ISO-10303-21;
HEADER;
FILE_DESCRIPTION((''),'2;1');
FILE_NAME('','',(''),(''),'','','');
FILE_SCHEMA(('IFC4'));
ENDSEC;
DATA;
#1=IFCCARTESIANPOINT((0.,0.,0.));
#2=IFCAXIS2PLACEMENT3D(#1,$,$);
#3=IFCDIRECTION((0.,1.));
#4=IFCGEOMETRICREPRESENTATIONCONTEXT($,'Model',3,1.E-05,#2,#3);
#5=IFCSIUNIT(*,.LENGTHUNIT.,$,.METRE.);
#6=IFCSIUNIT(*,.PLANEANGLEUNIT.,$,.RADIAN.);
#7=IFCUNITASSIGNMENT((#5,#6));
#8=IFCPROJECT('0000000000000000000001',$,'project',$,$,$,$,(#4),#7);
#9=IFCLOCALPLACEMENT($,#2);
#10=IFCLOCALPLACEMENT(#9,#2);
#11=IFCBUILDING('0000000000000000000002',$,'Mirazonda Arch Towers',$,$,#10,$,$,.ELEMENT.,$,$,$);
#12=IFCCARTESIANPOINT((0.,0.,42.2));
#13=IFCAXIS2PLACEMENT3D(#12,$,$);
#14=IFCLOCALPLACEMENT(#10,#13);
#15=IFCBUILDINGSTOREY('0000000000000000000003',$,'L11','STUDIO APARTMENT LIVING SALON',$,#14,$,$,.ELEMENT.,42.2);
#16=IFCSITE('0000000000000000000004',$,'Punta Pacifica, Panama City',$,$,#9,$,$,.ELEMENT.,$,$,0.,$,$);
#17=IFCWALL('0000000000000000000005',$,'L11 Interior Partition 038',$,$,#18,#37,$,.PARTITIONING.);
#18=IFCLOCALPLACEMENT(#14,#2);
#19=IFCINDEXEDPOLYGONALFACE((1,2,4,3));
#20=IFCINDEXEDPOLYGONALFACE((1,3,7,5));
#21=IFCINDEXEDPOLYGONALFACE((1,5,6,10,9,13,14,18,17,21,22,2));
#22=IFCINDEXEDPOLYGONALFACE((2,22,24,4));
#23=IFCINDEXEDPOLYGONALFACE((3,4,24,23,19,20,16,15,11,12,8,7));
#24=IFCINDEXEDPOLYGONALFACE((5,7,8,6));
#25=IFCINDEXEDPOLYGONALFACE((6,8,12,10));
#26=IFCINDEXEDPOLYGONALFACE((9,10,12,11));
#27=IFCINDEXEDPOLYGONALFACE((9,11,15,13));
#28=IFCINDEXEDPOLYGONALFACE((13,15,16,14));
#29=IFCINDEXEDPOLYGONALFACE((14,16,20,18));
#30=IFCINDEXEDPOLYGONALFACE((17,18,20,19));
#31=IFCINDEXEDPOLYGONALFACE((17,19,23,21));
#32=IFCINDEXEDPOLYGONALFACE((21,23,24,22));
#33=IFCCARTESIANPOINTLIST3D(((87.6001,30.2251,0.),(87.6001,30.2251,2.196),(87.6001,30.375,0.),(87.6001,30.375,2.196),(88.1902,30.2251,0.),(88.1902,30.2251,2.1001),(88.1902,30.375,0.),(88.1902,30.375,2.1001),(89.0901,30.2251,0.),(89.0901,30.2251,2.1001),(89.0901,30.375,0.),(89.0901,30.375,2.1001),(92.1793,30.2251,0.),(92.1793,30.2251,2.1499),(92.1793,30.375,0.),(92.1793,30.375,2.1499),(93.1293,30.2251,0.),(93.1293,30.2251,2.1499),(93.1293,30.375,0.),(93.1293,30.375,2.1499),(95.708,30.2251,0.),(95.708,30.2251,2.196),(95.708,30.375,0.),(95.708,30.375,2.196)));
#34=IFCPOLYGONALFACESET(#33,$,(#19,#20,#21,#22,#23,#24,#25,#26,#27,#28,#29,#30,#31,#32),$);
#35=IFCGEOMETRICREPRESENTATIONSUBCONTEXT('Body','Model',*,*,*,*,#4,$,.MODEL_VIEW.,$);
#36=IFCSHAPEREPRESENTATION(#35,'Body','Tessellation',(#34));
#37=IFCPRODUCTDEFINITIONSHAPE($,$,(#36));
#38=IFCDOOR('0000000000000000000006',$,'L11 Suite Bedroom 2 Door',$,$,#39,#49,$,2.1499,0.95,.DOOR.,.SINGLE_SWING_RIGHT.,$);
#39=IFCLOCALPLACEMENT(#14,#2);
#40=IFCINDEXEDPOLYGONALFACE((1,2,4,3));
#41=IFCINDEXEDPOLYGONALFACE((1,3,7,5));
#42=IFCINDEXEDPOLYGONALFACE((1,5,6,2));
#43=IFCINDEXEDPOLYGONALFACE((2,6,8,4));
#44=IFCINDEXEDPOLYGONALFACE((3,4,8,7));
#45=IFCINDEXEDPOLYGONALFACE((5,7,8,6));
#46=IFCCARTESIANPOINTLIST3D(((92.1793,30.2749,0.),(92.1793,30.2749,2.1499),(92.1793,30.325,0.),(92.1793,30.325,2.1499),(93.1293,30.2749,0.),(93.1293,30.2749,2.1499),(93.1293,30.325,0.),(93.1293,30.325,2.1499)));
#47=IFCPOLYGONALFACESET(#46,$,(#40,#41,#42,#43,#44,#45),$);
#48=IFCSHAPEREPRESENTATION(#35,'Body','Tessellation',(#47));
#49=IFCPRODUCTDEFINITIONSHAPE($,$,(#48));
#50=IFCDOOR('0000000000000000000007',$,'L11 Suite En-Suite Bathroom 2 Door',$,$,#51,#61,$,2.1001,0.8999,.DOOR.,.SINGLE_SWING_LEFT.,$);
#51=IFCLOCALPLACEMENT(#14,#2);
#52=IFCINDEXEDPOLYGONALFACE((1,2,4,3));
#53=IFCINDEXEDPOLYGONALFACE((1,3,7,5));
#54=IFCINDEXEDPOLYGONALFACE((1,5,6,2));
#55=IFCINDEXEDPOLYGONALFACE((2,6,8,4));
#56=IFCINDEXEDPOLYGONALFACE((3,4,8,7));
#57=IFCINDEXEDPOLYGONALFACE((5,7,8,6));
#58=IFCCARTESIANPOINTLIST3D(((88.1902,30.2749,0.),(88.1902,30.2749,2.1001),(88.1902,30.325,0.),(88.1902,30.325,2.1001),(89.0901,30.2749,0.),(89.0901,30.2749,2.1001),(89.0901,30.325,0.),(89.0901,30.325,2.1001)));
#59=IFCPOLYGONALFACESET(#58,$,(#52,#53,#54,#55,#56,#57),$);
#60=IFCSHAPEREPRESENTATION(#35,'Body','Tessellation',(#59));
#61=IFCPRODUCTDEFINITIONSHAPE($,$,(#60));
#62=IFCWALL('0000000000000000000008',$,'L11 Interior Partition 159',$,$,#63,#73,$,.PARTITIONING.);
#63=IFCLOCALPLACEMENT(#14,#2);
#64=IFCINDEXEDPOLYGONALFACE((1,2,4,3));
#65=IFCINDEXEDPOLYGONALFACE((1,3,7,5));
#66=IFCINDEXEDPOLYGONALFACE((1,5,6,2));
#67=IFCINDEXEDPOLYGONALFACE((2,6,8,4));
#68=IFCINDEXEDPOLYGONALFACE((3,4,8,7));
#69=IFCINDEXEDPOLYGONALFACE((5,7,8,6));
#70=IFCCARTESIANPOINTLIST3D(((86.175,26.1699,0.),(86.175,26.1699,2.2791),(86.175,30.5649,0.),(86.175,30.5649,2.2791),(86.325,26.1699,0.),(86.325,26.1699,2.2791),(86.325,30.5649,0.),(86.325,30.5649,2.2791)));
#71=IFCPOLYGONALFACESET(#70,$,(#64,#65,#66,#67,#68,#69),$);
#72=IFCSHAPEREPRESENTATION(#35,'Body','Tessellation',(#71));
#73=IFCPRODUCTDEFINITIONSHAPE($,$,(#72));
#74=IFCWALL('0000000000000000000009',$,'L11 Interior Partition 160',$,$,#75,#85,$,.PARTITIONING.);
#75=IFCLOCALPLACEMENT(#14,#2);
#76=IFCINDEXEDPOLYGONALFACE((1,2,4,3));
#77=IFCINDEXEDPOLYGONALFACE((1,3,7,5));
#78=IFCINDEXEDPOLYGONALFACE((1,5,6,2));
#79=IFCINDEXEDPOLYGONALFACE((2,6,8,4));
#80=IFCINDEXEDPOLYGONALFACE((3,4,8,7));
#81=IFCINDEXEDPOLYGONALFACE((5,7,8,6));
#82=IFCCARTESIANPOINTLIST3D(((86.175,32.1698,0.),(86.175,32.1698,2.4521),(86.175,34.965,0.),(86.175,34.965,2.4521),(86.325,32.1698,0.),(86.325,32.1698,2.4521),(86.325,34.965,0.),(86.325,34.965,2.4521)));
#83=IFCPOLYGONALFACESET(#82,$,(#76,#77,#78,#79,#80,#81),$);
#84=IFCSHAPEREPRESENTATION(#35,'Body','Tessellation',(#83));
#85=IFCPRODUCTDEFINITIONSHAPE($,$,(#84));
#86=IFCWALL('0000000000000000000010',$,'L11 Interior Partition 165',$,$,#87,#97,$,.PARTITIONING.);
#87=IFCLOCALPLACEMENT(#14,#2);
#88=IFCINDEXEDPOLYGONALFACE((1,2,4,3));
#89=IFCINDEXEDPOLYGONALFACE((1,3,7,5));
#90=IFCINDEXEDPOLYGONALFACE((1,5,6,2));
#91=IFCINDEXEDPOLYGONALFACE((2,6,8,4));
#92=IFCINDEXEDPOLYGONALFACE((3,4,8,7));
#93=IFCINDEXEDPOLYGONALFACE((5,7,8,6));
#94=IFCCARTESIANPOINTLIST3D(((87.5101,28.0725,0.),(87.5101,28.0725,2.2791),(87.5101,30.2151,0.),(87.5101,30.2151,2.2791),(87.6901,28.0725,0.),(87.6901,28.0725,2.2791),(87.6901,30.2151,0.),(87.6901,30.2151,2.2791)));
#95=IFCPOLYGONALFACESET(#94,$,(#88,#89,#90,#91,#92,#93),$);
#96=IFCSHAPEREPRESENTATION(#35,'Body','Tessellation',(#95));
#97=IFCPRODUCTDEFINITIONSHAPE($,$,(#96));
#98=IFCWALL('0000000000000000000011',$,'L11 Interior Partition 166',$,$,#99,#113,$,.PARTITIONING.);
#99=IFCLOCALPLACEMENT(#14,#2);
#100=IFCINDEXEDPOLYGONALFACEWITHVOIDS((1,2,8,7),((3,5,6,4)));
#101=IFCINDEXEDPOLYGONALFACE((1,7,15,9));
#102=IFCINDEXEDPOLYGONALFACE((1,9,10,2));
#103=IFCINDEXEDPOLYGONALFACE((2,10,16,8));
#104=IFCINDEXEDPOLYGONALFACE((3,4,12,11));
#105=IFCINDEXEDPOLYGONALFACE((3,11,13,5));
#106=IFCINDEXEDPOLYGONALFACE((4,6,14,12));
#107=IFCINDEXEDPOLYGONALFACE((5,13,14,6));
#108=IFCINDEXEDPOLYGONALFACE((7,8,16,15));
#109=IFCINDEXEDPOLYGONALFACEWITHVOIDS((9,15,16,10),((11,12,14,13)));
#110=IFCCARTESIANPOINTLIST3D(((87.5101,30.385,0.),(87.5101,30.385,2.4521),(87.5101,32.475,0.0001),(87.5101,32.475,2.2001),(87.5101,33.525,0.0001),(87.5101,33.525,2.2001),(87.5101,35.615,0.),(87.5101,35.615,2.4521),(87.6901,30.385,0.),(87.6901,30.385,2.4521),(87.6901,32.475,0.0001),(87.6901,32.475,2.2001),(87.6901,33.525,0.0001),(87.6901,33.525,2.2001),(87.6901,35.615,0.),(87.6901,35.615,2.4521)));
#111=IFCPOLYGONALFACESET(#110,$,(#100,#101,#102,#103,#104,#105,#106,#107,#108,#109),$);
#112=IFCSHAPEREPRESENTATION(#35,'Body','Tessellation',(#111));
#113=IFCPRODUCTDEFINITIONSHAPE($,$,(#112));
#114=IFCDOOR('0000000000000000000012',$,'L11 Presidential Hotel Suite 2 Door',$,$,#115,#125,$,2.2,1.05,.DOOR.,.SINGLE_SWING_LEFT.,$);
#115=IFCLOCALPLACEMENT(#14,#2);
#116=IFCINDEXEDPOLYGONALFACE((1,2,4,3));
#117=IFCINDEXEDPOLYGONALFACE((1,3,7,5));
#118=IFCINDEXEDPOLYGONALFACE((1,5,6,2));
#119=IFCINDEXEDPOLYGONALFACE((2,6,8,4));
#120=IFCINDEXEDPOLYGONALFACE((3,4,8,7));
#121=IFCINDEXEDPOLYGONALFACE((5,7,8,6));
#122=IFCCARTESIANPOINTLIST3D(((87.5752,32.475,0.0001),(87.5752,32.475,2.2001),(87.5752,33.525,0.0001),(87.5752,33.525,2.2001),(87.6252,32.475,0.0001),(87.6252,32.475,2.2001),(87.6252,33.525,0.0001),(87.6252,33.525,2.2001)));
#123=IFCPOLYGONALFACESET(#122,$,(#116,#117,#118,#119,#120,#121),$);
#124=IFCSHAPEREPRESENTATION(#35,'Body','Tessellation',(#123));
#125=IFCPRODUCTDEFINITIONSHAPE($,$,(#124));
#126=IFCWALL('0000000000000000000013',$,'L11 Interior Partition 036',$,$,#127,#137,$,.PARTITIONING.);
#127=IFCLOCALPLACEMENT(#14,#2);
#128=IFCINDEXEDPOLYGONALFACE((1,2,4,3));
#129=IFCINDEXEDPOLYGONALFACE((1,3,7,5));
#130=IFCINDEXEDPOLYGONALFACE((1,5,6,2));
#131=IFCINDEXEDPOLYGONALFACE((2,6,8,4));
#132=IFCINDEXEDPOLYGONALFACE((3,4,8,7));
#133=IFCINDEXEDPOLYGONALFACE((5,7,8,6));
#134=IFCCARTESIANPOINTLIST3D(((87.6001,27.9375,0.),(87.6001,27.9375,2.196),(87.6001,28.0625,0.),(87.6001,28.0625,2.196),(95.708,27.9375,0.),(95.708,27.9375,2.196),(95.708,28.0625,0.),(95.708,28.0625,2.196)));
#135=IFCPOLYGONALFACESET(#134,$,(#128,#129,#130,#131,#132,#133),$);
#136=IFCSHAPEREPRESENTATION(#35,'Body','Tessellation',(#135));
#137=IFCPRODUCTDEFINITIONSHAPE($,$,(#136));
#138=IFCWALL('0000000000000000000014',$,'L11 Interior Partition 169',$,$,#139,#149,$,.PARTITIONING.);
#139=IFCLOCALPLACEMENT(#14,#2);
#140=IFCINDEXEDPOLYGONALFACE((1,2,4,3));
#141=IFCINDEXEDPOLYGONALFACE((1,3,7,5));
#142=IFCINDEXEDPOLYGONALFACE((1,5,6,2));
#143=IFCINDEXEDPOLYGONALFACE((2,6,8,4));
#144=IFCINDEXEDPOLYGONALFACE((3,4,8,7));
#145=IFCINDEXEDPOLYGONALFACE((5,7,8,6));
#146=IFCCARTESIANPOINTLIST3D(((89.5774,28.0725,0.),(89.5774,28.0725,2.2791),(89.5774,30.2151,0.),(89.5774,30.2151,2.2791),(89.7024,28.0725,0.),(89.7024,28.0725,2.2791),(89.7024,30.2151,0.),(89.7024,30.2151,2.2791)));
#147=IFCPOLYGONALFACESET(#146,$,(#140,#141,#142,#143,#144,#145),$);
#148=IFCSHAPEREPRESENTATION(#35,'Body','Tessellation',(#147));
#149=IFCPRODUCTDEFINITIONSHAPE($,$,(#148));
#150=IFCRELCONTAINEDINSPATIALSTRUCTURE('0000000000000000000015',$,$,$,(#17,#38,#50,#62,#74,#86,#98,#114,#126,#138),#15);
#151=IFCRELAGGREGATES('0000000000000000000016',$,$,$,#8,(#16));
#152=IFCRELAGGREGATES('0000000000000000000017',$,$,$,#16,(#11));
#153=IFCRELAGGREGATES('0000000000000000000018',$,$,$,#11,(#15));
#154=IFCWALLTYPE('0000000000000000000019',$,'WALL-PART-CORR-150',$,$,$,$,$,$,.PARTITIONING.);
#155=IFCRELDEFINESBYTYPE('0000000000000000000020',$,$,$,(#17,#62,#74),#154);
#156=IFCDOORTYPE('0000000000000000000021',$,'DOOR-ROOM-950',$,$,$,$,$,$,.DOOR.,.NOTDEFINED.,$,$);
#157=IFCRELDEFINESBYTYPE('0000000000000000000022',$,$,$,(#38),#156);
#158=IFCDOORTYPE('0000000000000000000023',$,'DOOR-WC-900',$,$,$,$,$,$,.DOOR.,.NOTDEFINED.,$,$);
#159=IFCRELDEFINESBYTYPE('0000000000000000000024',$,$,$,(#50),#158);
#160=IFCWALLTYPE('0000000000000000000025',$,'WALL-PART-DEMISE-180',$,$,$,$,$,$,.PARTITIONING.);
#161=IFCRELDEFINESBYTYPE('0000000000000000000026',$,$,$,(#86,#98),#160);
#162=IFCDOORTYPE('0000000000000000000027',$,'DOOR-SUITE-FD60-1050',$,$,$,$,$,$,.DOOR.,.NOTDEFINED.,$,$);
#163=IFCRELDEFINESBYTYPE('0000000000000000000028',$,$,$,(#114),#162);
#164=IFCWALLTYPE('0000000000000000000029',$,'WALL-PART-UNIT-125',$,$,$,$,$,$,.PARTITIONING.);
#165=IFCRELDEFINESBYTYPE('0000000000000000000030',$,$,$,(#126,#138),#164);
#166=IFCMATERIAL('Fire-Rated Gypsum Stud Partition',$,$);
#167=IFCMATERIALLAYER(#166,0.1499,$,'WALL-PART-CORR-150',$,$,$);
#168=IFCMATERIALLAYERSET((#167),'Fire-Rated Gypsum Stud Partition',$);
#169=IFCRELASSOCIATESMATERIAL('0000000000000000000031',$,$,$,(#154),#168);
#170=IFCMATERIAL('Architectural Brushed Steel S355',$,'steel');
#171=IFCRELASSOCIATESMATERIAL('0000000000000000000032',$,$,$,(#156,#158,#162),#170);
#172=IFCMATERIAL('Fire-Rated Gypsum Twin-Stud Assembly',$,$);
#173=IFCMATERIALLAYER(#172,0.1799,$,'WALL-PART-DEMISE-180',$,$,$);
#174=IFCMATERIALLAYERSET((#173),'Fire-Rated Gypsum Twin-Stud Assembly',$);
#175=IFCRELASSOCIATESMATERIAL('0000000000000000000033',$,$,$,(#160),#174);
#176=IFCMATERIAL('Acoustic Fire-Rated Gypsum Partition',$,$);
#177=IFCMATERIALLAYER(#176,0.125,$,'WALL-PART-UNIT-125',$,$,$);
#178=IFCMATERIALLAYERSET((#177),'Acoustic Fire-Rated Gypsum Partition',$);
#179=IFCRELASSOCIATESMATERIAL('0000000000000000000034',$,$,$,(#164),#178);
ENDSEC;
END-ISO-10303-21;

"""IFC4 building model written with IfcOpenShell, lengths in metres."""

from ifc_helpers import new_model, si_unit, direction, frame, frame_2d, origin, place, context, subcontext, project, spatial, rectangle, extrude, material, layer, layer_set, type_object, element, fill, save


model = new_model("IFC4")

# Units and contexts
model_context = context("Model", 3, precision=1e-05, world=origin(), true_north=direction((0.0, 1.0)))
body_context = subcontext(model_context, "Body", "Model", "MODEL_VIEW")
ifc_project = project(units=[si_unit("LENGTHUNIT", "METRE"), si_unit("PLANEANGLEUNIT", "RADIAN")], contexts=[model_context])

# Site, building, storey
site_placement = place(None, origin())
site = spatial("IfcSite", under=ifc_project, at=site_placement, Name="Punta Pacifica, Panama City", CompositionType="ELEMENT", RefElevation=0.0)
building_placement = place(site_placement, origin())
building = spatial("IfcBuilding", under=site, at=building_placement, Name="Mirazonda Arch Towers", CompositionType="ELEMENT")
storey_placement = place(building_placement, frame((0.0, 0.0, 42.2)))
storey = spatial("IfcBuildingStorey", under=building, at=storey_placement, Name="L11", Description="STUDIO APARTMENT LIVING SALON", CompositionType="ELEMENT", Elevation=42.2)

# Wall, openings, doors
ifc_material_1 = material(Name="Fire-Rated Gypsum Stud Partition")
ifc_layer_1 = layer(ifc_material_1, 0.1499, Name="WALL-PART-CORR-150")
ifc_layer_set_1 = layer_set([ifc_layer_1], Name="Fire-Rated Gypsum Stud Partition")
wall_type_1 = type_object("IfcWallType", Name="WALL-PART-CORR-150", PredefinedType="PARTITIONING", material=ifc_layer_set_1)
wall_1_placement = place(storey_placement, frame((87.6001, 30.3, 0.0), z_axis=(0.0, 0.0, 1.0), x_axis=(1.0, 0.0, 0.0)))
wall_1 = element("IfcWall", 1, at=wall_1_placement, inside=storey, type_object=wall_type_1, Name="L11 Interior Partition 038", PredefinedType="PARTITIONING", context=body_context, shape_type="SweptSolid", body=[
    extrude(rectangle(XDim=8.1079, YDim=0.1499, at=frame_2d((4.054, 0.0))), origin(), (0.0, 0.0, 1.0), 2.196),
])
opening_1_placement = place(wall_1_placement, frame((4.5791, 0.0, 0.0)))
opening_1 = element("IfcOpeningElement", 2, at=opening_1_placement, cuts=wall_1, PredefinedType="OPENING", context=body_context, shape_type="SweptSolid", body=[
    extrude(rectangle(XDim=0.95, YDim=2.1499, at=frame_2d((0.4751, 1.075))), frame((0.0, 0.085, 0.0), z_axis=(0.0, -1.0, 0.0), x_axis=(1.0, 0.0, 0.0)), (0.0, 0.0, 1.0), 0.1699),
])
opening_2_placement = place(wall_1_placement, frame((0.5901, 0.0, 0.0)))
opening_2 = element("IfcOpeningElement", 3, at=opening_2_placement, cuts=wall_1, PredefinedType="OPENING", context=body_context, shape_type="SweptSolid", body=[
    extrude(rectangle(XDim=0.8999, YDim=2.1001, at=frame_2d((0.45, 1.05))), frame((0.0, 0.085, 0.0), z_axis=(0.0, -1.0, 0.0), x_axis=(1.0, 0.0, 0.0)), (0.0, 0.0, 1.0), 0.1699),
])
ifc_material_2 = material(Name="Architectural Brushed Steel S355", Category="steel")
door_type_1 = type_object("IfcDoorType", Name="DOOR-ROOM-950", OperationType="NOTDEFINED", PredefinedType="DOOR", material=ifc_material_2)
door_1_placement = place(opening_1_placement, origin())
door_1 = element("IfcDoor", 4, at=door_1_placement, inside=storey, type_object=door_type_1, Name="L11 Suite Bedroom 2 Door", OperationType="SINGLE_SWING_RIGHT", OverallHeight=2.1499, OverallWidth=0.95, PredefinedType="DOOR", context=body_context, shape_type="SweptSolid", body=[
    extrude(rectangle(XDim=0.95, YDim=2.1499, at=frame_2d((0.4751, 1.075))), frame((0.0, 0.0249, 0.0), z_axis=(0.0, -1.0, 0.0), x_axis=(1.0, 0.0, 0.0)), (0.0, 0.0, 1.0), 0.05),
])
fill(opening_1, door_1)
door_type_2 = type_object("IfcDoorType", Name="DOOR-WC-900", OperationType="NOTDEFINED", PredefinedType="DOOR", material=ifc_material_2)
door_2_placement = place(opening_2_placement, origin())
door_2 = element("IfcDoor", 5, at=door_2_placement, inside=storey, type_object=door_type_2, Name="L11 Suite En-Suite Bathroom 2 Door", OperationType="SINGLE_SWING_LEFT", OverallHeight=2.1001, OverallWidth=0.8999, PredefinedType="DOOR", context=body_context, shape_type="SweptSolid", body=[
    extrude(rectangle(XDim=0.8999, YDim=2.1001, at=frame_2d((0.45, 1.05))), frame((0.0, 0.0249, 0.0), z_axis=(0.0, -1.0, 0.0), x_axis=(1.0, 0.0, 0.0)), (0.0, 0.0, 1.0), 0.05),
])
fill(opening_2, door_2)

# Walls
wall_2_placement = place(storey_placement, frame((86.25, 26.1699, 0.0), z_axis=(0.0, 0.0, 1.0), x_axis=(0.0, 1.0, 0.0)))
element("IfcWall", 6, at=wall_2_placement, inside=storey, type_object=wall_type_1, Name="L11 Interior Partition 159", PredefinedType="PARTITIONING", context=body_context, shape_type="SweptSolid", body=[
    extrude(rectangle(XDim=4.395, YDim=0.1499, at=frame_2d((2.1975, 0.0))), origin(), (0.0, 0.0, 1.0), 2.2791),
])
wall_3_placement = place(storey_placement, frame((86.25, 32.1699, 0.0), z_axis=(0.0, 0.0, 1.0), x_axis=(0.0, 1.0, 0.0)))
element("IfcWall", 7, at=wall_3_placement, inside=storey, type_object=wall_type_1, Name="L11 Interior Partition 160", PredefinedType="PARTITIONING", context=body_context, shape_type="SweptSolid", body=[
    extrude(rectangle(XDim=2.7952, YDim=0.1499, at=frame_2d((1.3975, 0.0))), origin(), (0.0, 0.0, 1.0), 2.4521),
])
ifc_material_3 = material(Name="Fire-Rated Gypsum Twin-Stud Assembly")
ifc_layer_2 = layer(ifc_material_3, 0.1799, Name="WALL-PART-DEMISE-180")
ifc_layer_set_2 = layer_set([ifc_layer_2], Name="Fire-Rated Gypsum Twin-Stud Assembly")
wall_type_2 = type_object("IfcWallType", Name="WALL-PART-DEMISE-180", PredefinedType="PARTITIONING", material=ifc_layer_set_2)
wall_4_placement = place(storey_placement, frame((87.6001, 28.0725, 0.0), z_axis=(0.0, 0.0, 1.0), x_axis=(0.0, 1.0, 0.0)))
element("IfcWall", 8, at=wall_4_placement, inside=storey, type_object=wall_type_2, Name="L11 Interior Partition 165", PredefinedType="PARTITIONING", context=body_context, shape_type="SweptSolid", body=[
    extrude(rectangle(XDim=2.1426, YDim=0.1799, at=frame_2d((1.0713, 0.0))), origin(), (0.0, 0.0, 1.0), 2.2791),
])

# Wall, opening, door
wall_5_placement = place(storey_placement, frame((87.6001, 30.385, 0.0), z_axis=(0.0, 0.0, 1.0), x_axis=(0.0, 1.0, 0.0)))
wall_5 = element("IfcWall", 9, at=wall_5_placement, inside=storey, type_object=wall_type_2, Name="L11 Interior Partition 166", PredefinedType="PARTITIONING", context=body_context, shape_type="SweptSolid", body=[
    extrude(rectangle(XDim=5.23, YDim=0.1799, at=frame_2d((2.615, 0.0))), origin(), (0.0, 0.0, 1.0), 2.4521),
])
opening_3_placement = place(wall_5_placement, frame((2.0901, 0.0, 0.0)))
opening_3 = element("IfcOpeningElement", 10, at=opening_3_placement, cuts=wall_5, PredefinedType="OPENING", context=body_context, shape_type="SweptSolid", body=[
    extrude(rectangle(XDim=1.05, YDim=2.2, at=frame_2d((0.5249, 1.1001))), frame((0.0, 0.0999, 0.0), z_axis=(0.0, -1.0, 0.0), x_axis=(1.0, 0.0, 0.0)), (0.0, 0.0, 1.0), 0.2),
])
door_type_3 = type_object("IfcDoorType", Name="DOOR-SUITE-FD60-1050", OperationType="NOTDEFINED", PredefinedType="DOOR", material=ifc_material_2)
door_3_placement = place(opening_3_placement, origin())
door_3 = element("IfcDoor", 11, at=door_3_placement, inside=storey, type_object=door_type_3, Name="L11 Presidential Hotel Suite 2 Door", OperationType="SINGLE_SWING_LEFT", OverallHeight=2.2, OverallWidth=1.05, PredefinedType="DOOR", context=body_context, shape_type="SweptSolid", body=[
    extrude(rectangle(XDim=1.05, YDim=2.2, at=frame_2d((0.5249, 1.1001))), frame((0.0, 0.0249, 0.0), z_axis=(0.0, -1.0, 0.0), x_axis=(1.0, 0.0, 0.0)), (0.0, 0.0, 1.0), 0.05),
])
fill(opening_3, door_3)

# Walls
ifc_material_4 = material(Name="Acoustic Fire-Rated Gypsum Partition")
ifc_layer_3 = layer(ifc_material_4, 0.125, Name="WALL-PART-UNIT-125")
ifc_layer_set_3 = layer_set([ifc_layer_3], Name="Acoustic Fire-Rated Gypsum Partition")
wall_type_3 = type_object("IfcWallType", Name="WALL-PART-UNIT-125", PredefinedType="PARTITIONING", material=ifc_layer_set_3)
wall_6_placement = place(storey_placement, frame((87.6001, 28.0, 0.0), z_axis=(0.0, 0.0, 1.0), x_axis=(1.0, 0.0, 0.0)))
element("IfcWall", 12, at=wall_6_placement, inside=storey, type_object=wall_type_3, Name="L11 Interior Partition 036", PredefinedType="PARTITIONING", context=body_context, shape_type="SweptSolid", body=[
    extrude(rectangle(XDim=8.1079, YDim=0.125, at=frame_2d((4.054, 0.0))), origin(), (0.0, 0.0, 1.0), 2.196),
])
wall_7_placement = place(storey_placement, frame((89.6399, 28.0725, 0.0), z_axis=(0.0, 0.0, 1.0), x_axis=(0.0, 1.0, 0.0)))
element("IfcWall", 13, at=wall_7_placement, inside=storey, type_object=wall_type_3, Name="L11 Interior Partition 169", PredefinedType="PARTITIONING", context=body_context, shape_type="SweptSolid", body=[
    extrude(rectangle(XDim=2.1426, YDim=0.125, at=frame_2d((1.0713, 0.0))), origin(), (0.0, 0.0, 1.0), 2.2791),
])

save(model, "model.ifc")
